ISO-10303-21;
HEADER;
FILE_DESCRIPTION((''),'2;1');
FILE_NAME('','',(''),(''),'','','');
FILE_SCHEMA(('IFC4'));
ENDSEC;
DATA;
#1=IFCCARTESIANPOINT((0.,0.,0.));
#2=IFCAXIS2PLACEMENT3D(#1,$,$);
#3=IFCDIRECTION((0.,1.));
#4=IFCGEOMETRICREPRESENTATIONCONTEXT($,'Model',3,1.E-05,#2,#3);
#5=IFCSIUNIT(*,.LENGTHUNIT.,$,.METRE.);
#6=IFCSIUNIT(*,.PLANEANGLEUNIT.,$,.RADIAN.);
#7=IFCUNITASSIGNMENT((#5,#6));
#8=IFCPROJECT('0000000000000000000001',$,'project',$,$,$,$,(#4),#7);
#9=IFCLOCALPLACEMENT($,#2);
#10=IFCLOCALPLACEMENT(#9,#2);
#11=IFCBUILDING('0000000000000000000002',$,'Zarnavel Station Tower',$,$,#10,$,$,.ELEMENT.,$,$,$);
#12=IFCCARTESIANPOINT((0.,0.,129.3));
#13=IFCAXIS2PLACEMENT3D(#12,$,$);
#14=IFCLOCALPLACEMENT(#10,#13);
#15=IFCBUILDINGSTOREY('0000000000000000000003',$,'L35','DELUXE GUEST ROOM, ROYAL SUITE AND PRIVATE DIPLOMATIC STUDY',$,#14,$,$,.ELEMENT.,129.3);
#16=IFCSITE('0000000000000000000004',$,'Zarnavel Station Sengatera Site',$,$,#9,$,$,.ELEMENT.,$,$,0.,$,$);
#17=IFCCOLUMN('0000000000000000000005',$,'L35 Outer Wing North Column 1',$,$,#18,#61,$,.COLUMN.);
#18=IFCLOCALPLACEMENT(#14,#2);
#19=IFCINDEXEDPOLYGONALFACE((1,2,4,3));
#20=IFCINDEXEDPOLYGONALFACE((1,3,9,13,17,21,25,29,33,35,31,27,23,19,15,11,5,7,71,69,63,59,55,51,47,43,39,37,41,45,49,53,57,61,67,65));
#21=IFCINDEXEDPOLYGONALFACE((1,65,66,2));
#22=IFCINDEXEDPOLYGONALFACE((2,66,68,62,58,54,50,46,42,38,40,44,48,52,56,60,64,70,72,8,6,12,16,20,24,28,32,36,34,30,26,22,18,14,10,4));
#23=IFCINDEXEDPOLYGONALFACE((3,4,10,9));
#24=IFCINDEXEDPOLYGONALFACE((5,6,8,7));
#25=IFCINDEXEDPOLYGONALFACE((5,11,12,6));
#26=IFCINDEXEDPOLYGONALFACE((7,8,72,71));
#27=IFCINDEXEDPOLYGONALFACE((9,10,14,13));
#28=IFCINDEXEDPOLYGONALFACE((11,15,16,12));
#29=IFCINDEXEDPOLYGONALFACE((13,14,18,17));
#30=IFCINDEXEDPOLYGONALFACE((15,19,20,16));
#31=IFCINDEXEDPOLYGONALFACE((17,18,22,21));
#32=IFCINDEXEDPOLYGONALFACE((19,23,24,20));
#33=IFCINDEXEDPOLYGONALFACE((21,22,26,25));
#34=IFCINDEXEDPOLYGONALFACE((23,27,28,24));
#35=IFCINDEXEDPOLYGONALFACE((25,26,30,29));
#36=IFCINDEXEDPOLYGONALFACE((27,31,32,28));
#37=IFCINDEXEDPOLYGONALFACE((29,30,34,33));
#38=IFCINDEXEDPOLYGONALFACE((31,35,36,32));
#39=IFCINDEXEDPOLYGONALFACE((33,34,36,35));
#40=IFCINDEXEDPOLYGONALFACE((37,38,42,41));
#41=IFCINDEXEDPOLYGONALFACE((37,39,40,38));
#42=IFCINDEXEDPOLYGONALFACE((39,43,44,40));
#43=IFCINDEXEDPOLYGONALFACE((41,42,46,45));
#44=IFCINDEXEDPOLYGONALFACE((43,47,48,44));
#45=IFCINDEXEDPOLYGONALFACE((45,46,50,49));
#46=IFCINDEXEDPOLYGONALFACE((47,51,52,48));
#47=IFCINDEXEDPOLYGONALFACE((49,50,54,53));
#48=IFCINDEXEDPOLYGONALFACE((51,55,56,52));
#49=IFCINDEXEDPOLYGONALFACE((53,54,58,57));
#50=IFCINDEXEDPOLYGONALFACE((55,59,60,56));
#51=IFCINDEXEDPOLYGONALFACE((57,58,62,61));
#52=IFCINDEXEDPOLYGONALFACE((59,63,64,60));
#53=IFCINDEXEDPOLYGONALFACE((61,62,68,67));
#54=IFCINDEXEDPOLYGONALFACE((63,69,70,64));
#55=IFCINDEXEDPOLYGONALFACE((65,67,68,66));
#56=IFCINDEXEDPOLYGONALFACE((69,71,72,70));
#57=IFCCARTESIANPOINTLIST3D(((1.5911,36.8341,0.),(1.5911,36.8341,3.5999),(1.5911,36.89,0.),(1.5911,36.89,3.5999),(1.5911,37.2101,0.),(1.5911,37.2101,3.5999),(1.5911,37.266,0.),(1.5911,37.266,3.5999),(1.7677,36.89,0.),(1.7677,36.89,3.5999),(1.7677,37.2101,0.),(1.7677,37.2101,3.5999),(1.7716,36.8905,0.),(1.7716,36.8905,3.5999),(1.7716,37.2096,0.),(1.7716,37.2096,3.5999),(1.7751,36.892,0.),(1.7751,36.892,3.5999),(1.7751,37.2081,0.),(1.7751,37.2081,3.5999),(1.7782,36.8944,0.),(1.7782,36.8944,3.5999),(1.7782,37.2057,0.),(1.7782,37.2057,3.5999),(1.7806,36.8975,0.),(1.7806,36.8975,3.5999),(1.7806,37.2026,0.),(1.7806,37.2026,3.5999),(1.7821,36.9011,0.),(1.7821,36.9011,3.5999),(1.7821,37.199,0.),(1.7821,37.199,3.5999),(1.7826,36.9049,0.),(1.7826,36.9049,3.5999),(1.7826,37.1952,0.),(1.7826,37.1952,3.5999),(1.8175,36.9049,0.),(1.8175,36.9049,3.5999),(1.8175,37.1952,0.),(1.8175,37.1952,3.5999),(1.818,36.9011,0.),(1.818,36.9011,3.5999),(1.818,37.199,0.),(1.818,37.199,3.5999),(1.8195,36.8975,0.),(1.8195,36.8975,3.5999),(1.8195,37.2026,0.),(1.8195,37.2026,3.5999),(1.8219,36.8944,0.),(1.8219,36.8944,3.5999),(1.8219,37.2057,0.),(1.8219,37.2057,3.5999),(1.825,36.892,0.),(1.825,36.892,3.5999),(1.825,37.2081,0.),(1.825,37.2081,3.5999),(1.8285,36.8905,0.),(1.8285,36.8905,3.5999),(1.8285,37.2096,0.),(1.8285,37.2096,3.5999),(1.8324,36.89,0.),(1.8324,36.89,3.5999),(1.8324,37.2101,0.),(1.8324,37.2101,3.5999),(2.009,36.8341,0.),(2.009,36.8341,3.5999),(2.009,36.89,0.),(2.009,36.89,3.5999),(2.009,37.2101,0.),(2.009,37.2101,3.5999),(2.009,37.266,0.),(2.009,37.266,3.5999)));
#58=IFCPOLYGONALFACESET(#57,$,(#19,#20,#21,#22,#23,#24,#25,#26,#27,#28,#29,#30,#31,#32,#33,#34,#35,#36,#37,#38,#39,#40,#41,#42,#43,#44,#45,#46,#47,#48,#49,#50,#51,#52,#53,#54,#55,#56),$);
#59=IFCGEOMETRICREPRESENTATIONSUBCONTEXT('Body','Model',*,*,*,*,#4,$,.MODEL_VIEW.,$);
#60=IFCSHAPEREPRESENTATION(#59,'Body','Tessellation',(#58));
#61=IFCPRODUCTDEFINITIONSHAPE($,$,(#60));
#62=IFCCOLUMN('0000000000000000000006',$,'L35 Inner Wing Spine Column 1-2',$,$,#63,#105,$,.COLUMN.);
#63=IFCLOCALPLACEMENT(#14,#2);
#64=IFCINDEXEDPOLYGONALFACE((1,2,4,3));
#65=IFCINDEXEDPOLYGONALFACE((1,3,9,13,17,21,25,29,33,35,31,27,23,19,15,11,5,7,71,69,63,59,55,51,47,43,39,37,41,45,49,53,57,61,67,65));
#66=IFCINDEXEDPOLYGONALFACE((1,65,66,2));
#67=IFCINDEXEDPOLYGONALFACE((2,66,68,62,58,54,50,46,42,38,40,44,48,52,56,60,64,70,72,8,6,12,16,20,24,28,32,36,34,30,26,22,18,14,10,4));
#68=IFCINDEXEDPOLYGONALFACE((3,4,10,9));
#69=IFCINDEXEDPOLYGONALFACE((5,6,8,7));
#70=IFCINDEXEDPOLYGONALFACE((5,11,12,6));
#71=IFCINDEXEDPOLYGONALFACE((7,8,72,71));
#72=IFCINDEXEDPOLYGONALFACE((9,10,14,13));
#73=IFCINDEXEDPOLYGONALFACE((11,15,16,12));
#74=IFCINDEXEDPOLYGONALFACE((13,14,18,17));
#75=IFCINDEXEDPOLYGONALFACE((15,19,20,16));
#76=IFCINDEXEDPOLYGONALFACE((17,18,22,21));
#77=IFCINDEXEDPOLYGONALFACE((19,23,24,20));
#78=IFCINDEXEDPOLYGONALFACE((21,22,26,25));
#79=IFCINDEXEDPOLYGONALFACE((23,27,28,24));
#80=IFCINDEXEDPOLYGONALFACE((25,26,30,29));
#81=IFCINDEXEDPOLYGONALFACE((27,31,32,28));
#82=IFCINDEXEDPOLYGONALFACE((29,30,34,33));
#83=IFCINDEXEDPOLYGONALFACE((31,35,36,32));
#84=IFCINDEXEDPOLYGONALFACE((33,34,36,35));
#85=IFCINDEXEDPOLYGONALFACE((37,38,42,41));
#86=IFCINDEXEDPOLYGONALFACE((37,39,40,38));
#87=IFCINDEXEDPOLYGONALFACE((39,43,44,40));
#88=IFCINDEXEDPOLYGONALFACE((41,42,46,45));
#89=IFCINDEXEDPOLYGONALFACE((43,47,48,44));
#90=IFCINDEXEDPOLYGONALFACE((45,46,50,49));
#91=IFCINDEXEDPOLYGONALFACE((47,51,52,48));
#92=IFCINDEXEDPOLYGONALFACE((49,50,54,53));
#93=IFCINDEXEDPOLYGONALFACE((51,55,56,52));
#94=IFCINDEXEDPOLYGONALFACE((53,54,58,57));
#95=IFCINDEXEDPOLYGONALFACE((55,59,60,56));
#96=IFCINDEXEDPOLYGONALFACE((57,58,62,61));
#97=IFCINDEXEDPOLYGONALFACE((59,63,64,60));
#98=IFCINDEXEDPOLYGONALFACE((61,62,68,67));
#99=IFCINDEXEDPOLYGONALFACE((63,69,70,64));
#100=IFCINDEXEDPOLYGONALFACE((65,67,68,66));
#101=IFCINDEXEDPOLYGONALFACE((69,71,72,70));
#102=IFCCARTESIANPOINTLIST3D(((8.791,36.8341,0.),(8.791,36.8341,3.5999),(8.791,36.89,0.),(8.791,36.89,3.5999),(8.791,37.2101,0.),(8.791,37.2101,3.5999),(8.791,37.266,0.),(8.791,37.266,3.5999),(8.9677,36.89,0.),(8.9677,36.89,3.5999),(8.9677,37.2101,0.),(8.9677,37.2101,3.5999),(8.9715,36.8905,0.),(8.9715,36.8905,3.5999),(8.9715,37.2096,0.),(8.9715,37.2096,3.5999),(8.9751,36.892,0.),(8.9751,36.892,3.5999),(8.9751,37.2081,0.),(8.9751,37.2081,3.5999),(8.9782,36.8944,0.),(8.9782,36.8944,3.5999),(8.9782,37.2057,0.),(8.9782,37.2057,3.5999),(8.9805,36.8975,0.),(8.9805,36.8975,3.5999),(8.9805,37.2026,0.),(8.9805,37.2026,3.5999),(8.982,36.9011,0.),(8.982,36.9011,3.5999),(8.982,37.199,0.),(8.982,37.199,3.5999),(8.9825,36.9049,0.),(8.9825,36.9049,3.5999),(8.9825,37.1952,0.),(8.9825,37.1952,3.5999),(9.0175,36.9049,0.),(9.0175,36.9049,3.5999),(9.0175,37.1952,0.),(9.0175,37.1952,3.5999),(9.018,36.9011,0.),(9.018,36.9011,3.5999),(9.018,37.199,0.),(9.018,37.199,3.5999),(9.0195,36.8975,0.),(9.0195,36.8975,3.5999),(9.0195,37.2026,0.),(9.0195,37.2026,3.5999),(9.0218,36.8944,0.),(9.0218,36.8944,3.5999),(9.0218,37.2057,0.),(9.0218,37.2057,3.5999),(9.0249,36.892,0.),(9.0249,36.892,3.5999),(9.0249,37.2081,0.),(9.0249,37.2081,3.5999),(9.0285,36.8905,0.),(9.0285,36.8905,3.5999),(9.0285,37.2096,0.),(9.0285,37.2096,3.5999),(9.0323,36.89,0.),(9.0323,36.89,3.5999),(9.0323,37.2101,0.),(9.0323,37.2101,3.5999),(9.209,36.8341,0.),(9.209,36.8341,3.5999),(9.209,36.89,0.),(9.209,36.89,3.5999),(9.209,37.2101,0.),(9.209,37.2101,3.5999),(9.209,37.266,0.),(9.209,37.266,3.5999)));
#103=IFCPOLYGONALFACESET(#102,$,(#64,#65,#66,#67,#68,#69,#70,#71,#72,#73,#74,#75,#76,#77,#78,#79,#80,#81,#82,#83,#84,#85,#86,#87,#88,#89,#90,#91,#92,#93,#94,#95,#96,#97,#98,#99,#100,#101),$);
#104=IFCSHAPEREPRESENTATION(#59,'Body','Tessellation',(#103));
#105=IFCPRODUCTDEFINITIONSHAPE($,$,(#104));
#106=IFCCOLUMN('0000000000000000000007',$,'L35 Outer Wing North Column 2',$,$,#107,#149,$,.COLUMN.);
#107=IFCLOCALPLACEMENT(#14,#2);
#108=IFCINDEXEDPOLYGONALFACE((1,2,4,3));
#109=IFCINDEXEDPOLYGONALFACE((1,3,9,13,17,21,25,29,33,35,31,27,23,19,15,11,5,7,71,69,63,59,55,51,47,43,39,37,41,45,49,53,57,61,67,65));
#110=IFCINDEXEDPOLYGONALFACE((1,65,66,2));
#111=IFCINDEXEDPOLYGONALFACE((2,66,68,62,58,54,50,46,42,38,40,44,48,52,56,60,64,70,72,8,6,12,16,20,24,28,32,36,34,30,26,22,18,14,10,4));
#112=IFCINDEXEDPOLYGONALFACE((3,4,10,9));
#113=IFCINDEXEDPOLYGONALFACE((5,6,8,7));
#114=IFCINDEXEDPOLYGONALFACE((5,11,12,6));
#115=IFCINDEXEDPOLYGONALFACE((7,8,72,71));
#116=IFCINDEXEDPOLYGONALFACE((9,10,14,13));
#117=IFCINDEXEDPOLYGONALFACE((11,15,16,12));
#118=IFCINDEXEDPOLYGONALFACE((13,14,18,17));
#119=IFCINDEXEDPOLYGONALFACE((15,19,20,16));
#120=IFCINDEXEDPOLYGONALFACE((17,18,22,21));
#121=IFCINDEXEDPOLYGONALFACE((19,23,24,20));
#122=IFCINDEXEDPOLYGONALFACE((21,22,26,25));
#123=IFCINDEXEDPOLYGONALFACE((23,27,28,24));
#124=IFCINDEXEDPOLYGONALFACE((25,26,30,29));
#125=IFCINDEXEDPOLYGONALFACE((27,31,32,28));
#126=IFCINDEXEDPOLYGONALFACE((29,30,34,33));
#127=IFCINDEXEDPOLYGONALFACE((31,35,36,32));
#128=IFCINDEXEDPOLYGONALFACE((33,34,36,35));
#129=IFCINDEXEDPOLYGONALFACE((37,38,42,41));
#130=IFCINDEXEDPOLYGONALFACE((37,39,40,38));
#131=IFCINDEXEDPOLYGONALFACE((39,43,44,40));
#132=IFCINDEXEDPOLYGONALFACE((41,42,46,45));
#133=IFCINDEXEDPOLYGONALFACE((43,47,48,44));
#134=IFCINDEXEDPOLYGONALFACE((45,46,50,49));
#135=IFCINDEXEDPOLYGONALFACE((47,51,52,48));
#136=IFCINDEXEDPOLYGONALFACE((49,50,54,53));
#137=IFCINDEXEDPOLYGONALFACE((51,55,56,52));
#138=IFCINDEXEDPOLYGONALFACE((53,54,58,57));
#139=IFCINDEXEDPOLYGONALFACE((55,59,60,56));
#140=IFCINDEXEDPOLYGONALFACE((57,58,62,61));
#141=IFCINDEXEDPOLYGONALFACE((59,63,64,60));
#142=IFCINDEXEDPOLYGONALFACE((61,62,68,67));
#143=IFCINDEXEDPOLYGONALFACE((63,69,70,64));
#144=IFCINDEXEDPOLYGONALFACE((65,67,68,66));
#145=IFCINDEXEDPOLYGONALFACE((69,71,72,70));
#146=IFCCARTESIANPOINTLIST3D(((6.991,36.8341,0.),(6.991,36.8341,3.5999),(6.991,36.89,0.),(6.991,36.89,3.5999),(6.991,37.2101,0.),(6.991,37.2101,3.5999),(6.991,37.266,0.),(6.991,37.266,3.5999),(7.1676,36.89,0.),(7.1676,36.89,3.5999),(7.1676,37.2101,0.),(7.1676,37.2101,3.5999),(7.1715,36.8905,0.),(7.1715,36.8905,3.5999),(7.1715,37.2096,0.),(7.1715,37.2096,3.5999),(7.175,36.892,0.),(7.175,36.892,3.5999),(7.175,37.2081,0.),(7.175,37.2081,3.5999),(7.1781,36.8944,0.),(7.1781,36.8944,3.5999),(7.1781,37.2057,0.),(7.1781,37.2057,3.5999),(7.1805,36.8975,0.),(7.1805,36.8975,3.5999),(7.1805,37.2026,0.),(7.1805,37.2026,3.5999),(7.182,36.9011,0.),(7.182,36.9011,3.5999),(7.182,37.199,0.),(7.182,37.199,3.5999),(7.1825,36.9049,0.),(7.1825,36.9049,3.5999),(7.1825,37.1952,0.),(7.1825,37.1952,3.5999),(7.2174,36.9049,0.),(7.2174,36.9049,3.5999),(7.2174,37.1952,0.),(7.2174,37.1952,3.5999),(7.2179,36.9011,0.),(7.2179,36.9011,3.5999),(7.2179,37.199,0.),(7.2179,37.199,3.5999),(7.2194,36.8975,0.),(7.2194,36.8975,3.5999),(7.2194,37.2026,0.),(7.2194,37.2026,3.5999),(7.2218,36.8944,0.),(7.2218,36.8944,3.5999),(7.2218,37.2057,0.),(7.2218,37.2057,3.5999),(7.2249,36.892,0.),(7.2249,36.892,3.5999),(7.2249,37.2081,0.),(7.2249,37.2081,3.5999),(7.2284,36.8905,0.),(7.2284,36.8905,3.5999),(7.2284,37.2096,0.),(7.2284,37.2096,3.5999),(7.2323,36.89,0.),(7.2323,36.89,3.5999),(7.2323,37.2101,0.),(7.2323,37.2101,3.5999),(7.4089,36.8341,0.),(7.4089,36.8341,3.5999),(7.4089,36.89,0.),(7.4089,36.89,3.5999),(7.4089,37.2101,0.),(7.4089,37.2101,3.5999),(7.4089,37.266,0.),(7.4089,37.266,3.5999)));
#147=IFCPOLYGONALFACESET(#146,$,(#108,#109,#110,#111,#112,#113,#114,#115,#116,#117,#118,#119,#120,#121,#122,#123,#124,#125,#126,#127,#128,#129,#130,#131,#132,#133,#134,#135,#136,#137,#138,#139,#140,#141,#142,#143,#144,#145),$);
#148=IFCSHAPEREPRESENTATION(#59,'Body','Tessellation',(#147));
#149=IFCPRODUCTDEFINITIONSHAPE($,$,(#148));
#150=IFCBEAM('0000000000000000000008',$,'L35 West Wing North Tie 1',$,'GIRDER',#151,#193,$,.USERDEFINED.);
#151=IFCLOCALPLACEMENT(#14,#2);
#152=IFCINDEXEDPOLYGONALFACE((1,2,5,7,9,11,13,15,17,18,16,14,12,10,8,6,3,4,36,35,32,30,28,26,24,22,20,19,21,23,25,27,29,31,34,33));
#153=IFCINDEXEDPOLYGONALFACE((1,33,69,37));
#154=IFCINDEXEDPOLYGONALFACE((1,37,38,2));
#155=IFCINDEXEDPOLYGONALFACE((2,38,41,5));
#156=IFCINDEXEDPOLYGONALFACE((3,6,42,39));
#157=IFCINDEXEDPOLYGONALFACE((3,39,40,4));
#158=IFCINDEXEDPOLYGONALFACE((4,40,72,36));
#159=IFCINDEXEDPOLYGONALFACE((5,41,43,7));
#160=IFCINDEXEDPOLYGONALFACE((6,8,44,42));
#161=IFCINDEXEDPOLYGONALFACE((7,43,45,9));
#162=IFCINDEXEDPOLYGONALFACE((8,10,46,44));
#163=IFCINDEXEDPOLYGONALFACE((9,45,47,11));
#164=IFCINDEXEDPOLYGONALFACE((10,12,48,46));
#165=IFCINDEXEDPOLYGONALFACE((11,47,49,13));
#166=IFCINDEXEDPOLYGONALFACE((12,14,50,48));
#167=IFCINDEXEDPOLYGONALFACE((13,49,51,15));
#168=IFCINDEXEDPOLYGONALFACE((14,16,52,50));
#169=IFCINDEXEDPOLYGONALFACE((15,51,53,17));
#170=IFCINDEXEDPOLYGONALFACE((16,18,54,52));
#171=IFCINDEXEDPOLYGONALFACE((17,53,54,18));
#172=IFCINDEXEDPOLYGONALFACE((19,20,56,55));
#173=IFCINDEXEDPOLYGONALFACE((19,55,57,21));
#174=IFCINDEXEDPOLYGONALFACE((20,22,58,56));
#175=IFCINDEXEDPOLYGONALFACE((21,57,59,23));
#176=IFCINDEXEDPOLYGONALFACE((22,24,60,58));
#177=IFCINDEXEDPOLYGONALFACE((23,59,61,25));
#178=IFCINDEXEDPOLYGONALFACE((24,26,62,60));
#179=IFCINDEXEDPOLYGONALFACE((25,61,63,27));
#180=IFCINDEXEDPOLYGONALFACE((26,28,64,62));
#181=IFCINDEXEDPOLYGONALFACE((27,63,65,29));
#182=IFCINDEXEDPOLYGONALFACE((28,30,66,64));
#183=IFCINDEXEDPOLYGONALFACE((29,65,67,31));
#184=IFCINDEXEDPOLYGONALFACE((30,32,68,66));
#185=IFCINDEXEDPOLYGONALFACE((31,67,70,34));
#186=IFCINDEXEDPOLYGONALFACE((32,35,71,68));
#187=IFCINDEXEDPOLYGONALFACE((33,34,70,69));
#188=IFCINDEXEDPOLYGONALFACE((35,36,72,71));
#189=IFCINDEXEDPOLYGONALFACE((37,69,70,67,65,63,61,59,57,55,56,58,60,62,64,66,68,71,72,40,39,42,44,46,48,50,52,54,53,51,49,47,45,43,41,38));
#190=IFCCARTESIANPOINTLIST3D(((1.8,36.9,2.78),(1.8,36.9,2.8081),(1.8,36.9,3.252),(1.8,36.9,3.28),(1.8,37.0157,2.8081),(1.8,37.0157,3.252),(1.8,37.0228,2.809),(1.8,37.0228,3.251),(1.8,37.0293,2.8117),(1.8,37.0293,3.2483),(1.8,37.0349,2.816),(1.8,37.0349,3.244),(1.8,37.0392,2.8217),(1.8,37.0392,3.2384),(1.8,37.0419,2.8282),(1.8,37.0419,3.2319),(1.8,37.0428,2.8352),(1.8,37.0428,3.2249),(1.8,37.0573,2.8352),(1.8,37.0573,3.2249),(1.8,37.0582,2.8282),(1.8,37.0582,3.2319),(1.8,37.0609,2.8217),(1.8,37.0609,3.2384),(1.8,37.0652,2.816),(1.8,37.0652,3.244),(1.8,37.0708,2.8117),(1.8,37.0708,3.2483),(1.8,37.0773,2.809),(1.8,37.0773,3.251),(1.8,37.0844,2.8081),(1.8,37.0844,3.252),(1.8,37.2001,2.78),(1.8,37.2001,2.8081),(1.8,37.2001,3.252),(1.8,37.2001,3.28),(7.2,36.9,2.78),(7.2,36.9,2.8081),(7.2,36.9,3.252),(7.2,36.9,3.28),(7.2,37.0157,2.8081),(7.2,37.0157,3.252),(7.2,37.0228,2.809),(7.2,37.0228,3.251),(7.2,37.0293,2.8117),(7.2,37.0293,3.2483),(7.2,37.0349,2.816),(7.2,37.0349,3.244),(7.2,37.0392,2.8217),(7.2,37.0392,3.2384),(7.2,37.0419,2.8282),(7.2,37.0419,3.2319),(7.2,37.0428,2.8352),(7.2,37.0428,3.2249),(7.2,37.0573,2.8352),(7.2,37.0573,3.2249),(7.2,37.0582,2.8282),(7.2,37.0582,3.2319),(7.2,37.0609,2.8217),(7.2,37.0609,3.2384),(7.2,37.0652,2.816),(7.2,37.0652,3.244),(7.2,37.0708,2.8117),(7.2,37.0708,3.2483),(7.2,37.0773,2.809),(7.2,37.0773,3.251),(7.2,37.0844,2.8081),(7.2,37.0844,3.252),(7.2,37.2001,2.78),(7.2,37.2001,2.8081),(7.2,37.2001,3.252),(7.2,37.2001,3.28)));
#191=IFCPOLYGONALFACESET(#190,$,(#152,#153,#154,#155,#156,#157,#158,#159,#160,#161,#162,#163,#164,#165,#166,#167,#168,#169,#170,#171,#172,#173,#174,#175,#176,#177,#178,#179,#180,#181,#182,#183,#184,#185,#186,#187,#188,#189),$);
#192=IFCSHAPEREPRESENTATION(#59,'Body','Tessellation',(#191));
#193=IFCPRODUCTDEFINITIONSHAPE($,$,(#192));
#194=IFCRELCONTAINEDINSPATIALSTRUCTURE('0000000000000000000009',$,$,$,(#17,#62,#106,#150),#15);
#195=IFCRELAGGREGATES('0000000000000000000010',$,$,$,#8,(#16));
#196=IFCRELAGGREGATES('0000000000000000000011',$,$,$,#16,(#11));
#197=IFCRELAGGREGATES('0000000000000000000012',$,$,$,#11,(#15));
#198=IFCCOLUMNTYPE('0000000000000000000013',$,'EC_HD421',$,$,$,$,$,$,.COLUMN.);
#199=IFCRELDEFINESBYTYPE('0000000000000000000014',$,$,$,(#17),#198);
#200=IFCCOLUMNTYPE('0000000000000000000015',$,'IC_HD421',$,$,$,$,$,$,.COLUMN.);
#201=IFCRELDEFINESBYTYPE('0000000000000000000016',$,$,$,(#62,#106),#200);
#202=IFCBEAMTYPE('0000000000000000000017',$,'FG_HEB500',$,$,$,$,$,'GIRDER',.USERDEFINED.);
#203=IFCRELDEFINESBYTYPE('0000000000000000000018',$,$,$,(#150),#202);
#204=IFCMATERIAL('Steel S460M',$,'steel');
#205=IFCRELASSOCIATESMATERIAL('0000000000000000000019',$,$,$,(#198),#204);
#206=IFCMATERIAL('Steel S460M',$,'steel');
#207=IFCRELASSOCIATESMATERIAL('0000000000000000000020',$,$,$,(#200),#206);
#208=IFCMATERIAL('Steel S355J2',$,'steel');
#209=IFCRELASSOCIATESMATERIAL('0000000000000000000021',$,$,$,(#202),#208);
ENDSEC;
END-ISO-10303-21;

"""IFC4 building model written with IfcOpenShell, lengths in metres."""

from ifc_helpers import new_model, si_unit, direction, frame, origin, origin_2d, place, context, subcontext, project, spatial, i_section, extrude, material, material_profile, profile_set, type_object, element, save


model = new_model("IFC4")

# Units and contexts
model_context = context("Model", 3, precision=1e-05, world=origin(), true_north=direction((0.0, 1.0)))
body_context = subcontext(model_context, "Body", "Model", "MODEL_VIEW")
ifc_project = project(units=[si_unit("LENGTHUNIT", "METRE"), si_unit("PLANEANGLEUNIT", "RADIAN")], contexts=[model_context])

# Site, building, storey
site_placement = place(None, origin())
site = spatial("IfcSite", under=ifc_project, at=site_placement, Name="Zarnavel Station Sengatera Site", CompositionType="ELEMENT", RefElevation=0.0)
building_placement = place(site_placement, origin())
building = spatial("IfcBuilding", under=site, at=building_placement, Name="Zarnavel Station Tower", CompositionType="ELEMENT")
storey_placement = place(building_placement, frame((0.0, 0.0, 129.3)))
storey = spatial("IfcBuildingStorey", under=building, at=storey_placement, Name="L35", Description="DELUXE GUEST ROOM, ROYAL SUITE AND PRIVATE DIPLOMATIC STUDY", CompositionType="ELEMENT", Elevation=129.3)

# Columns
ifc_material_1 = material(Name="Steel S460M", Category="steel")
ifc_material_profile_1 = material_profile(ifc_material_1, i_section(OverallWidth=0.418, OverallDepth=0.4319, WebThickness=0.0349, FlangeThickness=0.0559, FilletRadius=0.0149, at=origin_2d()), Name="HD400x421")
ifc_profile_set_1 = profile_set([ifc_material_profile_1], Name="Steel S460M")
column_type_1 = type_object("IfcColumnType", Name="EC_HD421", PredefinedType="COLUMN", material=ifc_profile_set_1)
column_placement = place(storey_placement, frame((1.8, 37.05, 0.0), z_axis=(0.0, 0.0, 1.0), x_axis=(1.0, 0.0, 0.0)))
element("IfcColumn", 1, at=column_placement, inside=storey, type_object=column_type_1, Name="L35 Outer Wing North Column 1", PredefinedType="COLUMN", context=body_context, shape_type="SweptSolid", body=[
    extrude(i_section(OverallWidth=0.418, OverallDepth=0.4319, WebThickness=0.0349, FlangeThickness=0.0559, FilletRadius=0.0149, at=origin_2d()), origin(), (0.0, 0.0, 1.0), 3.5999),
])
ifc_material_2 = material(Name="Steel S460M", Category="steel")
ifc_material_profile_2 = material_profile(ifc_material_2, i_section(OverallWidth=0.418, OverallDepth=0.4319, WebThickness=0.0349, FlangeThickness=0.0559, FilletRadius=0.0149, at=origin_2d()), Name="HD400x421")
ifc_profile_set_2 = profile_set([ifc_material_profile_2], Name="Steel S460M")
column_type_2 = type_object("IfcColumnType", Name="IC_HD421", PredefinedType="COLUMN", material=ifc_profile_set_2)
for number, where, z_axis, x_axis, name in (
    (2, (9.0, 37.05, 0.0), (0.0, 0.0, 1.0), (1.0, 0.0, 0.0), "L35 Inner Wing Spine Column 1-2"),
    (3, (7.2, 37.05, 0.0), (0.0, 0.0, 1.0), (1.0, 0.0, 0.0), "L35 Outer Wing North Column 2"),
):
    element("IfcColumn", number, at=place(storey_placement, frame(where, z_axis=z_axis, x_axis=x_axis)), inside=storey, type_object=column_type_2, Name=name, PredefinedType="COLUMN", context=body_context, shape_type="SweptSolid", body=[
        extrude(i_section(OverallWidth=0.418, OverallDepth=0.4319, WebThickness=0.0349, FlangeThickness=0.0559, FilletRadius=0.0149, at=origin_2d()), origin(), (0.0, 0.0, 1.0), 3.5999),
    ])

# Beam
ifc_material_3 = material(Name="Steel S355J2", Category="steel")
ifc_material_profile_3 = material_profile(ifc_material_3, i_section(OverallWidth=0.3, OverallDepth=0.5, WebThickness=0.0144, FlangeThickness=0.0281, FilletRadius=0.0271, at=origin_2d()), Name="HEB500")
ifc_profile_set_3 = profile_set([ifc_material_profile_3], Name="Steel S355J2")
beam_type = type_object("IfcBeamType", Name="FG_HEB500", ElementType="GIRDER", PredefinedType="USERDEFINED", material=ifc_profile_set_3)
beam_1_placement = place(storey_placement, frame((1.8, 37.05, 3.03), z_axis=(1.0, 0.0, 0.0), x_axis=(0.0, 1.0, 0.0)))
element("IfcBeam", 4, at=beam_1_placement, inside=storey, type_object=beam_type, Name="L35 West Wing North Tie 1", ObjectType="GIRDER", PredefinedType="USERDEFINED", context=body_context, shape_type="SweptSolid", body=[
    extrude(i_section(OverallWidth=0.3, OverallDepth=0.5, WebThickness=0.0144, FlangeThickness=0.0281, FilletRadius=0.0271, at=origin_2d()), origin(), (0.0, 0.0, 1.0), 5.3999),
])

save(model, "model.ifc")
